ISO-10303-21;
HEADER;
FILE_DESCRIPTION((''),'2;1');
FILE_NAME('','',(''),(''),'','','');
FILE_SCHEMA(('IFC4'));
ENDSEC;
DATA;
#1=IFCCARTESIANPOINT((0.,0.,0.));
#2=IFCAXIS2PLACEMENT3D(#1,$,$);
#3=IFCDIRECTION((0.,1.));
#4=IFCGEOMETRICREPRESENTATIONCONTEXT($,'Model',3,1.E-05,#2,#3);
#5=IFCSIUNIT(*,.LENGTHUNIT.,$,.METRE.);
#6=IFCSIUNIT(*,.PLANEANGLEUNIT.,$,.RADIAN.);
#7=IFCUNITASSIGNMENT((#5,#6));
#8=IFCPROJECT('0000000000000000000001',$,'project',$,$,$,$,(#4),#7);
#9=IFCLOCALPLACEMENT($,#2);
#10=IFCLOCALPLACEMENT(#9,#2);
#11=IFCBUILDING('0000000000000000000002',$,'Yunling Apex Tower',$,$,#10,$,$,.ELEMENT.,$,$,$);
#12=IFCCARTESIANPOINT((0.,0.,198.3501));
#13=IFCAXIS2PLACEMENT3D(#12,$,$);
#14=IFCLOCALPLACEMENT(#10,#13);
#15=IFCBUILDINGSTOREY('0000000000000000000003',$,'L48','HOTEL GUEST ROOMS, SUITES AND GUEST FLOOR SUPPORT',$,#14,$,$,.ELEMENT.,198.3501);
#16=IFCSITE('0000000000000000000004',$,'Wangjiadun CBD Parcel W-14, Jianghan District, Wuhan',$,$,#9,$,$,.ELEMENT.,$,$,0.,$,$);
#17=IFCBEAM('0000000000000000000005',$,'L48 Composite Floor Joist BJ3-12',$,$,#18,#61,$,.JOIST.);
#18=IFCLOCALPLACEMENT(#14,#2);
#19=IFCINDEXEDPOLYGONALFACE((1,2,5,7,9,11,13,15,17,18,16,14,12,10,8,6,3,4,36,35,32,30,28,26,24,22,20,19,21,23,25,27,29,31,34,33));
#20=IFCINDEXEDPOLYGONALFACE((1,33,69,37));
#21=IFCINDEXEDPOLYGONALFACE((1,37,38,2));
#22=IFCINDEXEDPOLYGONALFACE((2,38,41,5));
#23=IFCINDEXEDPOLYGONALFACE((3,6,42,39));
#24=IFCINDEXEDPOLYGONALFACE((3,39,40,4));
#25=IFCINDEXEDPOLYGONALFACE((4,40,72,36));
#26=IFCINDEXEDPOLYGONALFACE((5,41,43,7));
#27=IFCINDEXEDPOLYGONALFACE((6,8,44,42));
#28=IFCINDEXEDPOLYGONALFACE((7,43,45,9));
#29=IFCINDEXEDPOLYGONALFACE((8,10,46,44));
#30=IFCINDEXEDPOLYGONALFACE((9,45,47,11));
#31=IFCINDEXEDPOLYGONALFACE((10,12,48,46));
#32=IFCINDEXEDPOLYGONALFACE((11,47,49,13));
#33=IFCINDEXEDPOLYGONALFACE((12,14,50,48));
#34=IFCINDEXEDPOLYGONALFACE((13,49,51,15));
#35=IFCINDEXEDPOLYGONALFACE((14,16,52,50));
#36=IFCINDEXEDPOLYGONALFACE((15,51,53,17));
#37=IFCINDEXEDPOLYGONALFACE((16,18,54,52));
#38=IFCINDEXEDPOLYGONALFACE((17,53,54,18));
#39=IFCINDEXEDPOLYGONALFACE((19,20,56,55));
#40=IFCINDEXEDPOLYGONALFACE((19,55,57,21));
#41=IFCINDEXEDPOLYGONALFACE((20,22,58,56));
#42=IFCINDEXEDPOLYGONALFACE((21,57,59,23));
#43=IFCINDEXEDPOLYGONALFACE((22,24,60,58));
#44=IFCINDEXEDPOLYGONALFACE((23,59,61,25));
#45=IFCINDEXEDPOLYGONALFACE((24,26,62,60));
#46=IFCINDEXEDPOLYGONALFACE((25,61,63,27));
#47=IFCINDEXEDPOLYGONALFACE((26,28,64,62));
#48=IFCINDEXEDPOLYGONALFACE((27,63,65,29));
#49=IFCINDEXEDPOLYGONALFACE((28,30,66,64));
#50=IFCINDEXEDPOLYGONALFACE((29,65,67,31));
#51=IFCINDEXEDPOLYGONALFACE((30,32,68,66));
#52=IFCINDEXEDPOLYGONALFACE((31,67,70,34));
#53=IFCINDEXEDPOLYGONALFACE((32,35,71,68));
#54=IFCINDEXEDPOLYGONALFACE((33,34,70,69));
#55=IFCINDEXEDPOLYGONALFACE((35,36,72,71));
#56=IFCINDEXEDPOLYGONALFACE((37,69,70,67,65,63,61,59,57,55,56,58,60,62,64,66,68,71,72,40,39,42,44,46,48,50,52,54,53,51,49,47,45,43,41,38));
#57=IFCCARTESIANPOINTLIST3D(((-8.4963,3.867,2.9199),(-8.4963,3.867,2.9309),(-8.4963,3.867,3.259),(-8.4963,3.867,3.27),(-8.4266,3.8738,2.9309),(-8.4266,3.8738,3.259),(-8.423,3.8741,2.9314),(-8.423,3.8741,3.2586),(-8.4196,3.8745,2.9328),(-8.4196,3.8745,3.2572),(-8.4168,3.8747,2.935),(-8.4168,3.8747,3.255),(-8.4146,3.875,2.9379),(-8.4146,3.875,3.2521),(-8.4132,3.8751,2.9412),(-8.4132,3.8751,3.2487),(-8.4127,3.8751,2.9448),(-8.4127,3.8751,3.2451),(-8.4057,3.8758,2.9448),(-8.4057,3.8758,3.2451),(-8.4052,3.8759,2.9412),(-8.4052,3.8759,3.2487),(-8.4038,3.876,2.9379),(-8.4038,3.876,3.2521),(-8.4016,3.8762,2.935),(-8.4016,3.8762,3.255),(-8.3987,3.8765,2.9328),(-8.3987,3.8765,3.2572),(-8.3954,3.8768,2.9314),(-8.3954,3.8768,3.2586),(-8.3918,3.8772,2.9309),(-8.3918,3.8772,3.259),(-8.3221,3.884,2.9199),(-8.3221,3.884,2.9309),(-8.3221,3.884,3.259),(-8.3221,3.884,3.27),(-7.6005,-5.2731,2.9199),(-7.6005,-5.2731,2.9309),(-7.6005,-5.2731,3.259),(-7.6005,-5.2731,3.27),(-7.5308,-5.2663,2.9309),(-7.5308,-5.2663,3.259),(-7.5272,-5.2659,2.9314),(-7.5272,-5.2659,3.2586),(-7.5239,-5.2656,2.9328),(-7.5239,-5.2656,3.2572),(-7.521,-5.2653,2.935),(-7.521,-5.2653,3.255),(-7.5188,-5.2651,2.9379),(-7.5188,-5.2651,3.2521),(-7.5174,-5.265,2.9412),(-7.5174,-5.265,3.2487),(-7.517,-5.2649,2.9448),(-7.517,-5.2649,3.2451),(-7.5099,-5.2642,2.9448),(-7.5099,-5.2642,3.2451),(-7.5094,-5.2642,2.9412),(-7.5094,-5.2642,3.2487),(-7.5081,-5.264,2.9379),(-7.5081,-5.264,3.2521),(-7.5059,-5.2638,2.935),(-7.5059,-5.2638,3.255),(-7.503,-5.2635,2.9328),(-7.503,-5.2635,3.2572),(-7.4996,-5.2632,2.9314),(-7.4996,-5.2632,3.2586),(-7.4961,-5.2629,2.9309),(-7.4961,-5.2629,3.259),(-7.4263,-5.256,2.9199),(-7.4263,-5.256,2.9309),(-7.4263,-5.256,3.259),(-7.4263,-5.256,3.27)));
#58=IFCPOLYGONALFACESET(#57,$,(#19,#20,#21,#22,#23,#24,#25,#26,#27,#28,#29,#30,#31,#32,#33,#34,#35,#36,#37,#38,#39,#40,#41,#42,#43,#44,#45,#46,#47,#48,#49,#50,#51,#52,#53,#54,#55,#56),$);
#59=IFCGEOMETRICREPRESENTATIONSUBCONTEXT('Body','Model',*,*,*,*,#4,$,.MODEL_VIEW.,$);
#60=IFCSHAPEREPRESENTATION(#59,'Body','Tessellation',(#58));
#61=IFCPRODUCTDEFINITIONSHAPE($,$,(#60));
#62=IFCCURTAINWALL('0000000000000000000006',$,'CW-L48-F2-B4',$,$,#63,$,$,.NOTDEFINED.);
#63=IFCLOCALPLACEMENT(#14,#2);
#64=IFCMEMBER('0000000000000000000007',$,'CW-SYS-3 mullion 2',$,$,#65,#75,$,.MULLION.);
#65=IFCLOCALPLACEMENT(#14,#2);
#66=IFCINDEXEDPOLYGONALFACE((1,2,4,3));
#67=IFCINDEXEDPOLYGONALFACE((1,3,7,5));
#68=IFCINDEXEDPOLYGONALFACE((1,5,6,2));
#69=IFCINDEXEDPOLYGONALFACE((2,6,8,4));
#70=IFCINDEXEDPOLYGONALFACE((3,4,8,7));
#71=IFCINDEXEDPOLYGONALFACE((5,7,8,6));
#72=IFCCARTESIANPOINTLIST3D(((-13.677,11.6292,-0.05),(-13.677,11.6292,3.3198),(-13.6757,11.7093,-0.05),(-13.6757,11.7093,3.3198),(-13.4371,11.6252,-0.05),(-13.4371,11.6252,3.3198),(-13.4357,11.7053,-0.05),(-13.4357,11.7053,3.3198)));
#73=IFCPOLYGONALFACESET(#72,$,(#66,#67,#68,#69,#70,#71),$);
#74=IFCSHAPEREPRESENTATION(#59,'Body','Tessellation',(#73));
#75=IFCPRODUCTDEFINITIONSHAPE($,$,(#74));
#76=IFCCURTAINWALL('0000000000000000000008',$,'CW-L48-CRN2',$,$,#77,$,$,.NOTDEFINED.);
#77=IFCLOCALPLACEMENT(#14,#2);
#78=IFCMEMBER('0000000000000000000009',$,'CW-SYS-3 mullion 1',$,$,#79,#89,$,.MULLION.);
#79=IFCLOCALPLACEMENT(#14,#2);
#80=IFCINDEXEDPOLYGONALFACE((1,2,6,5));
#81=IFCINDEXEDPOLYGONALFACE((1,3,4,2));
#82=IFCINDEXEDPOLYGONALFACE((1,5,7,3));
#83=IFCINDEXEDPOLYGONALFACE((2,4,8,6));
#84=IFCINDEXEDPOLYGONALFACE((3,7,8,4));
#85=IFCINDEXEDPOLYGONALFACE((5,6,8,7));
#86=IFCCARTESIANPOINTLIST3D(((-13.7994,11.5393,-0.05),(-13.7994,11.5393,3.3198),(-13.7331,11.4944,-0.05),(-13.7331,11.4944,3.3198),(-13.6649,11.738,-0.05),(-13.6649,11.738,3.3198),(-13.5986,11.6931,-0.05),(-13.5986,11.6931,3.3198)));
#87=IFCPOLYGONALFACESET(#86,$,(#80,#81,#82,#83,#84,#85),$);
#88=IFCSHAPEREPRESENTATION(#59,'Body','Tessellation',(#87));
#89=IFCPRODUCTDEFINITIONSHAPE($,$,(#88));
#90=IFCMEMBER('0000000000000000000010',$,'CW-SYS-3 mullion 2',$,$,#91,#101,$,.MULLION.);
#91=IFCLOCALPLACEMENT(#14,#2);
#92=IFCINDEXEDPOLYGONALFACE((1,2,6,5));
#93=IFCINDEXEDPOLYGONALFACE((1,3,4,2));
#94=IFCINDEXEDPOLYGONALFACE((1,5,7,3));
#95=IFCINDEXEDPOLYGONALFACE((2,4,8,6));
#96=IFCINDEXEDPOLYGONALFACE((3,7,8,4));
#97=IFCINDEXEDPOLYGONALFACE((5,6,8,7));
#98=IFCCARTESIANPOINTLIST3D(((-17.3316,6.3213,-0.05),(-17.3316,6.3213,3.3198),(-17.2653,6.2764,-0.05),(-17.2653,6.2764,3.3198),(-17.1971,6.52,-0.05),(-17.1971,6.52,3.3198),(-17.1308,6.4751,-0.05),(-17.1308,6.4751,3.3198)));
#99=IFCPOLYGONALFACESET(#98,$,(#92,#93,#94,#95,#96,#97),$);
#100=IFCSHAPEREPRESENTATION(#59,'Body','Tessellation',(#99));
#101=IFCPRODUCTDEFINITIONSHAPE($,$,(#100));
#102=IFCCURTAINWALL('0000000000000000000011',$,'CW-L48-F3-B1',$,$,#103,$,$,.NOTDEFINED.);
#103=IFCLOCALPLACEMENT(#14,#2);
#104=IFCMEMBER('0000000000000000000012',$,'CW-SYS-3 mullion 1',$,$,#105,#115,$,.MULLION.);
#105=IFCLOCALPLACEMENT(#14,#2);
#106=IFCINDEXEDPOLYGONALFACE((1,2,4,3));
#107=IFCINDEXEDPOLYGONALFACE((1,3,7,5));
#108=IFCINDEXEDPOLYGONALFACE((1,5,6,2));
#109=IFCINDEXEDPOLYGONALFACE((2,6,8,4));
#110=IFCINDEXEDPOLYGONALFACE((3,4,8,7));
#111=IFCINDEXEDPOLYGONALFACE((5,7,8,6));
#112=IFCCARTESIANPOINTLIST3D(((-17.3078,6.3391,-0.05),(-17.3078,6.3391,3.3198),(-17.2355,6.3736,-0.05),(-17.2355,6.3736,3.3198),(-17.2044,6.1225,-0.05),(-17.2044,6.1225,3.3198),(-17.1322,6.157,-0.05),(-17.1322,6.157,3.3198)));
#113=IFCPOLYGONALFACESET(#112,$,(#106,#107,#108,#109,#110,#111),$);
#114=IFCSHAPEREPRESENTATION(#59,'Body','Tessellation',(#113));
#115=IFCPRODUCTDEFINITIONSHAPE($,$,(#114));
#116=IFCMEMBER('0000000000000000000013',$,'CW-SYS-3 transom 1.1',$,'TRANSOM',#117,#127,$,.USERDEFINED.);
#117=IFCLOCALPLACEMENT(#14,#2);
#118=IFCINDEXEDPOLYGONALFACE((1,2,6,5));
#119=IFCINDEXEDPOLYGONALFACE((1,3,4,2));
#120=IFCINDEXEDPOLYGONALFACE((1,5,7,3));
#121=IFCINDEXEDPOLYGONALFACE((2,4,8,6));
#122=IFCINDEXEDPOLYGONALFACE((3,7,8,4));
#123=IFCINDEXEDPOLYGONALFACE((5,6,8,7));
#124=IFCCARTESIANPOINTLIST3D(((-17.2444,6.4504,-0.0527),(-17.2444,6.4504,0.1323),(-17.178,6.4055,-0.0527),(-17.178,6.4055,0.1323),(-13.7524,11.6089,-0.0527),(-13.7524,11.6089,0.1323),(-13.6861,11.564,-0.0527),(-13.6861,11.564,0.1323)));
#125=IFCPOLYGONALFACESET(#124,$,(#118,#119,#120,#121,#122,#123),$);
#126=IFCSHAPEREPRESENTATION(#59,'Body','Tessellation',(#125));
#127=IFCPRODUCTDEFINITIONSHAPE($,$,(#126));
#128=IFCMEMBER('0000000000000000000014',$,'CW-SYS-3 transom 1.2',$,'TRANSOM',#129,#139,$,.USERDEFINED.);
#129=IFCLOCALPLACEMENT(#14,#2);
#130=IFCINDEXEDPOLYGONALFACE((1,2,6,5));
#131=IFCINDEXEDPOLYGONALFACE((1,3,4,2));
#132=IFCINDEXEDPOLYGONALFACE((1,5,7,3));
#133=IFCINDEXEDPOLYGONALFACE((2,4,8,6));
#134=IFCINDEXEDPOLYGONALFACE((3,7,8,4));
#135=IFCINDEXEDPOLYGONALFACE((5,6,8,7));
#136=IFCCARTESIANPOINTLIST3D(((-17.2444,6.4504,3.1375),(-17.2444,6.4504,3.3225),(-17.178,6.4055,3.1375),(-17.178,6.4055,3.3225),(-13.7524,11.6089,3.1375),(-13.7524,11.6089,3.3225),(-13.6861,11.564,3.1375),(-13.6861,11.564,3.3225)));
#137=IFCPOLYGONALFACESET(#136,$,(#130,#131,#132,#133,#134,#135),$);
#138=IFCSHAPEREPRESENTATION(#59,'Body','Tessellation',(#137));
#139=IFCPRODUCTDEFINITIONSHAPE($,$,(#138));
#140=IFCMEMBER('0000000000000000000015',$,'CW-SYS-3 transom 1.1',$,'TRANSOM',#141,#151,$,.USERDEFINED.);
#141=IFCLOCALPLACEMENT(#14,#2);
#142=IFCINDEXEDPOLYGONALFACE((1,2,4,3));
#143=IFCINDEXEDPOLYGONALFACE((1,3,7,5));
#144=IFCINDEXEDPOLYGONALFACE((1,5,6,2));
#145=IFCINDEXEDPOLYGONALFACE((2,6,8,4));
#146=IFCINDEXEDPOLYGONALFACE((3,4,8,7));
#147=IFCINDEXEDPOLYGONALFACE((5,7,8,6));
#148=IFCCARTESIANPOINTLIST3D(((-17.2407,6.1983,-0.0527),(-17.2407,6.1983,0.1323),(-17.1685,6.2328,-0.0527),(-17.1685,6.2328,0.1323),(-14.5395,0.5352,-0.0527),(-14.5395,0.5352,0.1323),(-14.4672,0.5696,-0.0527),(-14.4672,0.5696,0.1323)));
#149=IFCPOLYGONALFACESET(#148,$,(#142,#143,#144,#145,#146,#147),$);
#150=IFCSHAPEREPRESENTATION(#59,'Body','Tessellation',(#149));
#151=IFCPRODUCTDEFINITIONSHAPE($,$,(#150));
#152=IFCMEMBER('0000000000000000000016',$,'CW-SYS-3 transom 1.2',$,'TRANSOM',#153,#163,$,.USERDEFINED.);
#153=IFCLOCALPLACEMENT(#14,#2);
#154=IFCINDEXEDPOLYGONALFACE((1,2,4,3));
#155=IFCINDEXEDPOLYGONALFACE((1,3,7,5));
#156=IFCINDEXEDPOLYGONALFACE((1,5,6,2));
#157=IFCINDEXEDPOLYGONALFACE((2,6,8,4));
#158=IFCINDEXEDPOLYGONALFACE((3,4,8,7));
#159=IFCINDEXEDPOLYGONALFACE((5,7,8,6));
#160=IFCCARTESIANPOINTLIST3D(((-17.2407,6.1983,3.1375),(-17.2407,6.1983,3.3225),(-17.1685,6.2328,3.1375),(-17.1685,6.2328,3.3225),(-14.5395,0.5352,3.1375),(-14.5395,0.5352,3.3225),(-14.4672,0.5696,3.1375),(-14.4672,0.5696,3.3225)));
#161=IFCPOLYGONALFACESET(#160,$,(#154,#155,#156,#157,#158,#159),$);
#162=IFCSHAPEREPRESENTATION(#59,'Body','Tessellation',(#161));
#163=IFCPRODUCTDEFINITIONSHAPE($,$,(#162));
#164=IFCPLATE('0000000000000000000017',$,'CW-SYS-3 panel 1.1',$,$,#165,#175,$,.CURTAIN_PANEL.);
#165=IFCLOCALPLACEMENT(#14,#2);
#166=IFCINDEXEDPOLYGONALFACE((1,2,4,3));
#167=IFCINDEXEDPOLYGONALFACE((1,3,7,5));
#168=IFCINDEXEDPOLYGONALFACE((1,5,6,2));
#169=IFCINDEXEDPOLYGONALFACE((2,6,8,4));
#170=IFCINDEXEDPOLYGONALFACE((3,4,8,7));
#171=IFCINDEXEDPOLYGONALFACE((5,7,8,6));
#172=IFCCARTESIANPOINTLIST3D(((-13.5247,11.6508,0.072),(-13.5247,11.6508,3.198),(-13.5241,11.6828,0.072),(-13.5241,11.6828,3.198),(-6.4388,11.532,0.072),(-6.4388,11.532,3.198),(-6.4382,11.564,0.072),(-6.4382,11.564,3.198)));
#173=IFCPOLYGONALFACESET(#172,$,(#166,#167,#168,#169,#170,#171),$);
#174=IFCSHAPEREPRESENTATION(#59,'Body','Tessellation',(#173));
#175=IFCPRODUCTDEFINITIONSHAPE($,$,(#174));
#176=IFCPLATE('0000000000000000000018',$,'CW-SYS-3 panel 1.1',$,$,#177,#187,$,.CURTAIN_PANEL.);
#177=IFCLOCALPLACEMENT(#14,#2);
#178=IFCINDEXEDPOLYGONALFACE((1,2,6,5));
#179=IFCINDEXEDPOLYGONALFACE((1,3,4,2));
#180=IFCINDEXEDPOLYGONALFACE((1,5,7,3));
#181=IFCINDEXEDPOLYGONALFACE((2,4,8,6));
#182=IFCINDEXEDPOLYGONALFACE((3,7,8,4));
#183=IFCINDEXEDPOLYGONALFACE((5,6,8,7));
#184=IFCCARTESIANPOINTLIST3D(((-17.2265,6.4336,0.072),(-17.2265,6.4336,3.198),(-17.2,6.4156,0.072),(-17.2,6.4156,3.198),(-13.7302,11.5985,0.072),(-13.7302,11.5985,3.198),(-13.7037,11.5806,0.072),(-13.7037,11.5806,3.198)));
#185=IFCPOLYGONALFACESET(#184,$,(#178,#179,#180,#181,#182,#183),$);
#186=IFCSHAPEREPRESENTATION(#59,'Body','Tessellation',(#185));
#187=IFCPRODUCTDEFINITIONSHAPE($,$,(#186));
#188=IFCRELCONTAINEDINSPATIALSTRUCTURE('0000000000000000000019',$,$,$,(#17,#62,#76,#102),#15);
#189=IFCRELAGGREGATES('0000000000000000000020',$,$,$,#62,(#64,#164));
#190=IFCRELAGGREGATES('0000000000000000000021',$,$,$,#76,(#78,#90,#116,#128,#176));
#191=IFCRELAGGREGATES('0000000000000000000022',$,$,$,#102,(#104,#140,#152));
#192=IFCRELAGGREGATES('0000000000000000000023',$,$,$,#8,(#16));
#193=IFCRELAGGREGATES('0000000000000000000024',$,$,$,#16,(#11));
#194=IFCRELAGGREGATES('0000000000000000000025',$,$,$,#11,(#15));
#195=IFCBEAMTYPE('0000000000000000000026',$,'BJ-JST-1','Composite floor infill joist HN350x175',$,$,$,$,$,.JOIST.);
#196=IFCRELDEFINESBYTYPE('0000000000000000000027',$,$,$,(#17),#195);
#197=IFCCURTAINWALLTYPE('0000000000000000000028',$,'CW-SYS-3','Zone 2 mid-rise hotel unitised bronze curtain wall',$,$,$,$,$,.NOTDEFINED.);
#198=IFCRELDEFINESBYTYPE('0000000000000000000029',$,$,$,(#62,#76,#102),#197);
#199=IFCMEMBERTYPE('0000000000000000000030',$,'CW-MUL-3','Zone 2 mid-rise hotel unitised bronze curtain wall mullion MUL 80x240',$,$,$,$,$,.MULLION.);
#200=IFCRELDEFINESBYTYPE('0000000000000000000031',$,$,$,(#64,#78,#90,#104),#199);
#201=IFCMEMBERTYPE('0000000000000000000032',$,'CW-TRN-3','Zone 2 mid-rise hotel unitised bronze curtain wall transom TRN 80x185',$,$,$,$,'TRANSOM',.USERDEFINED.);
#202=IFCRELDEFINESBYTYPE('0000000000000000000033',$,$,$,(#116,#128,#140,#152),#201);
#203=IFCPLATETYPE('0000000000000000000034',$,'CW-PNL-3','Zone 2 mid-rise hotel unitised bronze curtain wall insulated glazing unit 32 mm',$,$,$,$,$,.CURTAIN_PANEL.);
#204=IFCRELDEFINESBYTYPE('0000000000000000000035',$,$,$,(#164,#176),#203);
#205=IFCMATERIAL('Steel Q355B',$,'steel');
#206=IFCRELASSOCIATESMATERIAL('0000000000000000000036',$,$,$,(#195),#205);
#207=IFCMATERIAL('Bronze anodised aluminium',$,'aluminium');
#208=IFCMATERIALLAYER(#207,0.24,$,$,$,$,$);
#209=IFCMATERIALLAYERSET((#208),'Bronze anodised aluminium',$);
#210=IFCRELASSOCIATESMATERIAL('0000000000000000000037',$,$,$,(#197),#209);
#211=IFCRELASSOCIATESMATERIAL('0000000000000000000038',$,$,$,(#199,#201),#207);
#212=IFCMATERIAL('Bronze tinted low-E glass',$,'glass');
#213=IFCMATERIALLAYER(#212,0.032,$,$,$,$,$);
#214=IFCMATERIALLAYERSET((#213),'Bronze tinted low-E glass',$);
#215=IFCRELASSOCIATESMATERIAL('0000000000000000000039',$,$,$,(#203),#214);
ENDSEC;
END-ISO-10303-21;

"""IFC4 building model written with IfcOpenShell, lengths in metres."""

from ifc_helpers import new_model, si_unit, direction, frame, origin, origin_2d, place, context, subcontext, project, spatial, rectangle, i_section, extrude, source, transform, mapped, material, layer, layer_set, material_profile, profile_set, type_object, element, aggregate, save


model = new_model("IFC4")

# Units and contexts
model_context = context("Model", 3, precision=1e-05, world=origin(), true_north=direction((0.0, 1.0)))
body_context = subcontext(model_context, "Body", "Model", "MODEL_VIEW")
ifc_project = project(units=[si_unit("LENGTHUNIT", "METRE"), si_unit("PLANEANGLEUNIT", "RADIAN")], contexts=[model_context])

# Site, building, storey
site_placement = place(None, origin())
site = spatial("IfcSite", under=ifc_project, at=site_placement, Name="Wangjiadun CBD Parcel W-14, Jianghan District, Wuhan", CompositionType="ELEMENT", RefElevation=0.0)
building_placement = place(site_placement, origin())
building = spatial("IfcBuilding", under=site, at=building_placement, Name="Yunling Apex Tower", CompositionType="ELEMENT")
storey_placement = place(building_placement, frame((0.0, 0.0, 198.3501)))
storey = spatial("IfcBuildingStorey", under=building, at=storey_placement, Name="L48", Description="HOTEL GUEST ROOMS, SUITES AND GUEST FLOOR SUPPORT", CompositionType="ELEMENT", Elevation=198.3501)

# Beam
ifc_material_1 = material(Name="Steel Q355B", Category="steel")
ifc_material_profile_1 = material_profile(ifc_material_1, i_section(OverallWidth=0.175, OverallDepth=0.3501, WebThickness=0.0071, FlangeThickness=0.011, FilletRadius=0.0139, at=origin_2d()))
ifc_profile_set_1 = profile_set([ifc_material_profile_1], Name="Steel Q355B")
beam_type_1 = type_object("IfcBeamType", Name="BJ-JST-1", Description="Composite floor infill joist HN350x175", PredefinedType="JOIST", material=ifc_profile_set_1)
shared_shape_1 = source(origin(), body_context, "Body", "SweptSolid", [
    extrude(i_section(OverallWidth=0.175, OverallDepth=0.3501, WebThickness=0.0071, FlangeThickness=0.011, FilletRadius=0.0139, at=origin_2d()), origin(), (0.0, 0.0, 1.0), 9.1838),
])
beam_1_placement = place(storey_placement, frame((-8.4092, 3.8755, 3.095), z_axis=(0.097535, -0.995232, 0.0), x_axis=(0.995232, 0.097535, 0.0)))
element("IfcBeam", 1, at=beam_1_placement, inside=storey, type_object=beam_type_1, Name="L48 Composite Floor Joist BJ3-12", PredefinedType="JOIST", context=body_context, shape_type="MappedRepresentation", body=[
    mapped(shared_shape_1, transform((0.0, 0.0, 0.0), scale=1.0)),
])

# Curtain wall, member
ifc_material_2 = material(Name="Bronze anodised aluminium", Category="aluminium")
ifc_layer_1 = layer(ifc_material_2, 0.24)
ifc_layer_set_1 = layer_set([ifc_layer_1], Name="Bronze anodised aluminium")
curtain_wall_type = type_object("IfcCurtainWallType", Name="CW-SYS-3", Description="Zone 2 mid-rise hotel unitised bronze curtain wall", PredefinedType="NOTDEFINED", material=ifc_layer_set_1)
curtain_wall_1_placement = place(storey_placement, origin())
curtain_wall_1 = element("IfcCurtainWall", 2, at=curtain_wall_1_placement, inside=storey, type_object=curtain_wall_type, Name="CW-L48-F2-B4", PredefinedType="NOTDEFINED")
ifc_material_profile_2 = material_profile(ifc_material_2, rectangle(XDim=0.0801, YDim=0.24, at=origin_2d()))
ifc_profile_set_2 = profile_set([ifc_material_profile_2], Name="Bronze anodised aluminium")
member_type_1 = type_object("IfcMemberType", Name="CW-MUL-3", Description="Zone 2 mid-rise hotel unitised bronze curtain wall mullion MUL 80x240", PredefinedType="MULLION", material=ifc_profile_set_2)
shared_shape_2 = source(origin(), body_context, "Body", "SweptSolid", [
    extrude(rectangle(XDim=0.0801, YDim=0.24, at=origin_2d()), origin(), (0.0, 0.0, 1.0), 3.3699),
])
member_1_placement = place(storey_placement, frame((-13.5564, 11.6672, -0.05), z_axis=(0.0, 0.0, 1.0), x_axis=(-0.016761, -0.99986, 0.0)))
member_1 = element("IfcMember", 3, at=member_1_placement, type_object=member_type_1, Name="CW-SYS-3 mullion 2", PredefinedType="MULLION", context=body_context, shape_type="MappedRepresentation", body=[
    mapped(shared_shape_2, transform((0.0, 0.0, 0.0), scale=1.0)),
])

# Curtain wall, members
curtain_wall_2_placement = place(storey_placement, origin())
curtain_wall_2 = element("IfcCurtainWall", 4, at=curtain_wall_2_placement, inside=storey, type_object=curtain_wall_type, Name="CW-L48-CRN2", PredefinedType="NOTDEFINED")
member_2_placement = place(storey_placement, frame((-13.699, 11.6162, -0.05), z_axis=(0.0, 0.0, 1.0), x_axis=(0.828107, -0.56057, 0.0)))
member_2 = element("IfcMember", 5, at=member_2_placement, type_object=member_type_1, Name="CW-SYS-3 mullion 1", PredefinedType="MULLION", context=body_context, shape_type="MappedRepresentation", body=[
    mapped(shared_shape_2, transform((0.0, 0.0, 0.0), scale=1.0)),
])
member_3_placement = place(storey_placement, frame((-17.2312, 6.3982, -0.05), z_axis=(0.0, 0.0, 1.0), x_axis=(0.828107, -0.56057, 0.0)))
member_3 = element("IfcMember", 6, at=member_3_placement, type_object=member_type_1, Name="CW-SYS-3 mullion 2", PredefinedType="MULLION", context=body_context, shape_type="MappedRepresentation", body=[
    mapped(shared_shape_2, transform((0.0, 0.0, 0.0), scale=1.0)),
])

# Curtain wall, member
curtain_wall_3_placement = place(storey_placement, origin())
curtain_wall_3 = element("IfcCurtainWall", 7, at=curtain_wall_3_placement, inside=storey, type_object=curtain_wall_type, Name="CW-L48-F3-B1", PredefinedType="NOTDEFINED")
member_4_placement = place(storey_placement, frame((-17.22, 6.248, -0.05), z_axis=(0.0, 0.0, 1.0), x_axis=(0.902582, 0.430518, 0.0)))
member_4 = element("IfcMember", 8, at=member_4_placement, type_object=member_type_1, Name="CW-SYS-3 mullion 1", PredefinedType="MULLION", context=body_context, shape_type="MappedRepresentation", body=[
    mapped(shared_shape_2, transform((0.0, 0.0, 0.0), scale=1.0)),
])

# Members
ifc_material_profile_3 = material_profile(ifc_material_2, rectangle(XDim=0.0801, YDim=0.1851, at=origin_2d()))
ifc_profile_set_3 = profile_set([ifc_material_profile_3], Name="Bronze anodised aluminium")
member_type_2 = type_object("IfcMemberType", Name="CW-TRN-3", Description="Zone 2 mid-rise hotel unitised bronze curtain wall transom TRN 80x185", ElementType="TRANSOM", PredefinedType="USERDEFINED", material=ifc_profile_set_3)
shared_shape_3 = source(origin(), body_context, "Body", "SweptSolid", [
    extrude(rectangle(XDim=0.0801, YDim=0.1851, at=origin_2d()), origin(), (0.0, 0.0, 1.0), 6.2292),
])
member_5_placement = place(storey_placement, frame((-13.7192, 11.5864, 0.0398), z_axis=(-0.560574, -0.828104, 0.0), x_axis=(0.828104, -0.560574, 0.0)))
member_5 = element("IfcMember", 9, at=member_5_placement, type_object=member_type_2, Name="CW-SYS-3 transom 1.1", ObjectType="TRANSOM", PredefinedType="USERDEFINED", context=body_context, shape_type="MappedRepresentation", body=[
    mapped(shared_shape_3, transform((0.0, 0.0, 0.0), scale=1.0)),
])
member_6_placement = place(storey_placement, frame((-13.7192, 11.5864, 3.23), z_axis=(-0.560574, -0.828104, 0.0), x_axis=(0.828104, -0.560574, 0.0)))
member_6 = element("IfcMember", 10, at=member_6_placement, type_object=member_type_2, Name="CW-SYS-3 transom 1.2", ObjectType="TRANSOM", PredefinedType="USERDEFINED", context=body_context, shape_type="MappedRepresentation", body=[
    mapped(shared_shape_3, transform((0.0, 0.0, 0.0), scale=1.0)),
])
shared_shape_4 = source(origin(), body_context, "Body", "SweptSolid", [
    extrude(rectangle(XDim=0.0801, YDim=0.1851, at=origin_2d()), origin(), (0.0, 0.0, 1.0), 6.2744),
])
member_7_placement = place(storey_placement, frame((-17.2046, 6.2156, 0.0398), z_axis=(0.430513, -0.902584, 0.0), x_axis=(0.902584, 0.430513, 0.0)))
member_7 = element("IfcMember", 11, at=member_7_placement, type_object=member_type_2, Name="CW-SYS-3 transom 1.1", ObjectType="TRANSOM", PredefinedType="USERDEFINED", context=body_context, shape_type="MappedRepresentation", body=[
    mapped(shared_shape_4, transform((0.0, 0.0, 0.0), scale=1.0)),
])
member_8_placement = place(storey_placement, frame((-17.2046, 6.2156, 3.23), z_axis=(0.430513, -0.902584, 0.0), x_axis=(0.902584, 0.430513, 0.0)))
member_8 = element("IfcMember", 12, at=member_8_placement, type_object=member_type_2, Name="CW-SYS-3 transom 1.2", ObjectType="TRANSOM", PredefinedType="USERDEFINED", context=body_context, shape_type="MappedRepresentation", body=[
    mapped(shared_shape_4, transform((0.0, 0.0, 0.0), scale=1.0)),
])

# Plates
ifc_material_3 = material(Name="Bronze tinted low-E glass", Category="glass")
ifc_layer_2 = layer(ifc_material_3, 0.032)
ifc_layer_set_2 = layer_set([ifc_layer_2], Name="Bronze tinted low-E glass")
plate_type = type_object("IfcPlateType", Name="CW-PNL-3", Description="Zone 2 mid-rise hotel unitised bronze curtain wall insulated glazing unit 32 mm", PredefinedType="CURTAIN_PANEL", material=ifc_layer_set_2)
shared_shape_5 = source(origin(), body_context, "Body", "SweptSolid", [
    extrude(rectangle(XDim=7.0869, YDim=0.032, at=origin_2d()), origin(), (0.0, 0.0, 1.0), 3.126),
])
plate_1_placement = place(storey_placement, frame((-9.9814, 11.6074, 0.072), z_axis=(0.0, 0.0, 1.0), x_axis=(-0.99986, 0.016761, 0.0)))
plate_1 = element("IfcPlate", 13, at=plate_1_placement, type_object=plate_type, Name="CW-SYS-3 panel 1.1", PredefinedType="CURTAIN_PANEL", context=body_context, shape_type="MappedRepresentation", body=[
    mapped(shared_shape_5, transform((0.0, 0.0, 0.0), scale=1.0)),
])
aggregate(curtain_wall_1, [member_1, plate_1])
shared_shape_6 = source(origin(), body_context, "Body", "SweptSolid", [
    extrude(rectangle(XDim=6.2371, YDim=0.032, at=origin_2d()), origin(), (0.0, 0.0, 1.0), 3.126),
])
plate_2_placement = place(storey_placement, frame((-15.4651, 9.0071, 0.072), z_axis=(0.0, 0.0, 1.0), x_axis=(-0.56057, -0.828107, 0.0)))
plate_2 = element("IfcPlate", 14, at=plate_2_placement, type_object=plate_type, Name="CW-SYS-3 panel 1.1", PredefinedType="CURTAIN_PANEL", context=body_context, shape_type="MappedRepresentation", body=[
    mapped(shared_shape_6, transform((0.0, 0.0, 0.0), scale=1.0)),
])
aggregate(curtain_wall_2, [member_2, member_3, member_5, member_6, plate_2])
aggregate(curtain_wall_3, [member_4, member_7, member_8])

save(model, "model.ifc")
